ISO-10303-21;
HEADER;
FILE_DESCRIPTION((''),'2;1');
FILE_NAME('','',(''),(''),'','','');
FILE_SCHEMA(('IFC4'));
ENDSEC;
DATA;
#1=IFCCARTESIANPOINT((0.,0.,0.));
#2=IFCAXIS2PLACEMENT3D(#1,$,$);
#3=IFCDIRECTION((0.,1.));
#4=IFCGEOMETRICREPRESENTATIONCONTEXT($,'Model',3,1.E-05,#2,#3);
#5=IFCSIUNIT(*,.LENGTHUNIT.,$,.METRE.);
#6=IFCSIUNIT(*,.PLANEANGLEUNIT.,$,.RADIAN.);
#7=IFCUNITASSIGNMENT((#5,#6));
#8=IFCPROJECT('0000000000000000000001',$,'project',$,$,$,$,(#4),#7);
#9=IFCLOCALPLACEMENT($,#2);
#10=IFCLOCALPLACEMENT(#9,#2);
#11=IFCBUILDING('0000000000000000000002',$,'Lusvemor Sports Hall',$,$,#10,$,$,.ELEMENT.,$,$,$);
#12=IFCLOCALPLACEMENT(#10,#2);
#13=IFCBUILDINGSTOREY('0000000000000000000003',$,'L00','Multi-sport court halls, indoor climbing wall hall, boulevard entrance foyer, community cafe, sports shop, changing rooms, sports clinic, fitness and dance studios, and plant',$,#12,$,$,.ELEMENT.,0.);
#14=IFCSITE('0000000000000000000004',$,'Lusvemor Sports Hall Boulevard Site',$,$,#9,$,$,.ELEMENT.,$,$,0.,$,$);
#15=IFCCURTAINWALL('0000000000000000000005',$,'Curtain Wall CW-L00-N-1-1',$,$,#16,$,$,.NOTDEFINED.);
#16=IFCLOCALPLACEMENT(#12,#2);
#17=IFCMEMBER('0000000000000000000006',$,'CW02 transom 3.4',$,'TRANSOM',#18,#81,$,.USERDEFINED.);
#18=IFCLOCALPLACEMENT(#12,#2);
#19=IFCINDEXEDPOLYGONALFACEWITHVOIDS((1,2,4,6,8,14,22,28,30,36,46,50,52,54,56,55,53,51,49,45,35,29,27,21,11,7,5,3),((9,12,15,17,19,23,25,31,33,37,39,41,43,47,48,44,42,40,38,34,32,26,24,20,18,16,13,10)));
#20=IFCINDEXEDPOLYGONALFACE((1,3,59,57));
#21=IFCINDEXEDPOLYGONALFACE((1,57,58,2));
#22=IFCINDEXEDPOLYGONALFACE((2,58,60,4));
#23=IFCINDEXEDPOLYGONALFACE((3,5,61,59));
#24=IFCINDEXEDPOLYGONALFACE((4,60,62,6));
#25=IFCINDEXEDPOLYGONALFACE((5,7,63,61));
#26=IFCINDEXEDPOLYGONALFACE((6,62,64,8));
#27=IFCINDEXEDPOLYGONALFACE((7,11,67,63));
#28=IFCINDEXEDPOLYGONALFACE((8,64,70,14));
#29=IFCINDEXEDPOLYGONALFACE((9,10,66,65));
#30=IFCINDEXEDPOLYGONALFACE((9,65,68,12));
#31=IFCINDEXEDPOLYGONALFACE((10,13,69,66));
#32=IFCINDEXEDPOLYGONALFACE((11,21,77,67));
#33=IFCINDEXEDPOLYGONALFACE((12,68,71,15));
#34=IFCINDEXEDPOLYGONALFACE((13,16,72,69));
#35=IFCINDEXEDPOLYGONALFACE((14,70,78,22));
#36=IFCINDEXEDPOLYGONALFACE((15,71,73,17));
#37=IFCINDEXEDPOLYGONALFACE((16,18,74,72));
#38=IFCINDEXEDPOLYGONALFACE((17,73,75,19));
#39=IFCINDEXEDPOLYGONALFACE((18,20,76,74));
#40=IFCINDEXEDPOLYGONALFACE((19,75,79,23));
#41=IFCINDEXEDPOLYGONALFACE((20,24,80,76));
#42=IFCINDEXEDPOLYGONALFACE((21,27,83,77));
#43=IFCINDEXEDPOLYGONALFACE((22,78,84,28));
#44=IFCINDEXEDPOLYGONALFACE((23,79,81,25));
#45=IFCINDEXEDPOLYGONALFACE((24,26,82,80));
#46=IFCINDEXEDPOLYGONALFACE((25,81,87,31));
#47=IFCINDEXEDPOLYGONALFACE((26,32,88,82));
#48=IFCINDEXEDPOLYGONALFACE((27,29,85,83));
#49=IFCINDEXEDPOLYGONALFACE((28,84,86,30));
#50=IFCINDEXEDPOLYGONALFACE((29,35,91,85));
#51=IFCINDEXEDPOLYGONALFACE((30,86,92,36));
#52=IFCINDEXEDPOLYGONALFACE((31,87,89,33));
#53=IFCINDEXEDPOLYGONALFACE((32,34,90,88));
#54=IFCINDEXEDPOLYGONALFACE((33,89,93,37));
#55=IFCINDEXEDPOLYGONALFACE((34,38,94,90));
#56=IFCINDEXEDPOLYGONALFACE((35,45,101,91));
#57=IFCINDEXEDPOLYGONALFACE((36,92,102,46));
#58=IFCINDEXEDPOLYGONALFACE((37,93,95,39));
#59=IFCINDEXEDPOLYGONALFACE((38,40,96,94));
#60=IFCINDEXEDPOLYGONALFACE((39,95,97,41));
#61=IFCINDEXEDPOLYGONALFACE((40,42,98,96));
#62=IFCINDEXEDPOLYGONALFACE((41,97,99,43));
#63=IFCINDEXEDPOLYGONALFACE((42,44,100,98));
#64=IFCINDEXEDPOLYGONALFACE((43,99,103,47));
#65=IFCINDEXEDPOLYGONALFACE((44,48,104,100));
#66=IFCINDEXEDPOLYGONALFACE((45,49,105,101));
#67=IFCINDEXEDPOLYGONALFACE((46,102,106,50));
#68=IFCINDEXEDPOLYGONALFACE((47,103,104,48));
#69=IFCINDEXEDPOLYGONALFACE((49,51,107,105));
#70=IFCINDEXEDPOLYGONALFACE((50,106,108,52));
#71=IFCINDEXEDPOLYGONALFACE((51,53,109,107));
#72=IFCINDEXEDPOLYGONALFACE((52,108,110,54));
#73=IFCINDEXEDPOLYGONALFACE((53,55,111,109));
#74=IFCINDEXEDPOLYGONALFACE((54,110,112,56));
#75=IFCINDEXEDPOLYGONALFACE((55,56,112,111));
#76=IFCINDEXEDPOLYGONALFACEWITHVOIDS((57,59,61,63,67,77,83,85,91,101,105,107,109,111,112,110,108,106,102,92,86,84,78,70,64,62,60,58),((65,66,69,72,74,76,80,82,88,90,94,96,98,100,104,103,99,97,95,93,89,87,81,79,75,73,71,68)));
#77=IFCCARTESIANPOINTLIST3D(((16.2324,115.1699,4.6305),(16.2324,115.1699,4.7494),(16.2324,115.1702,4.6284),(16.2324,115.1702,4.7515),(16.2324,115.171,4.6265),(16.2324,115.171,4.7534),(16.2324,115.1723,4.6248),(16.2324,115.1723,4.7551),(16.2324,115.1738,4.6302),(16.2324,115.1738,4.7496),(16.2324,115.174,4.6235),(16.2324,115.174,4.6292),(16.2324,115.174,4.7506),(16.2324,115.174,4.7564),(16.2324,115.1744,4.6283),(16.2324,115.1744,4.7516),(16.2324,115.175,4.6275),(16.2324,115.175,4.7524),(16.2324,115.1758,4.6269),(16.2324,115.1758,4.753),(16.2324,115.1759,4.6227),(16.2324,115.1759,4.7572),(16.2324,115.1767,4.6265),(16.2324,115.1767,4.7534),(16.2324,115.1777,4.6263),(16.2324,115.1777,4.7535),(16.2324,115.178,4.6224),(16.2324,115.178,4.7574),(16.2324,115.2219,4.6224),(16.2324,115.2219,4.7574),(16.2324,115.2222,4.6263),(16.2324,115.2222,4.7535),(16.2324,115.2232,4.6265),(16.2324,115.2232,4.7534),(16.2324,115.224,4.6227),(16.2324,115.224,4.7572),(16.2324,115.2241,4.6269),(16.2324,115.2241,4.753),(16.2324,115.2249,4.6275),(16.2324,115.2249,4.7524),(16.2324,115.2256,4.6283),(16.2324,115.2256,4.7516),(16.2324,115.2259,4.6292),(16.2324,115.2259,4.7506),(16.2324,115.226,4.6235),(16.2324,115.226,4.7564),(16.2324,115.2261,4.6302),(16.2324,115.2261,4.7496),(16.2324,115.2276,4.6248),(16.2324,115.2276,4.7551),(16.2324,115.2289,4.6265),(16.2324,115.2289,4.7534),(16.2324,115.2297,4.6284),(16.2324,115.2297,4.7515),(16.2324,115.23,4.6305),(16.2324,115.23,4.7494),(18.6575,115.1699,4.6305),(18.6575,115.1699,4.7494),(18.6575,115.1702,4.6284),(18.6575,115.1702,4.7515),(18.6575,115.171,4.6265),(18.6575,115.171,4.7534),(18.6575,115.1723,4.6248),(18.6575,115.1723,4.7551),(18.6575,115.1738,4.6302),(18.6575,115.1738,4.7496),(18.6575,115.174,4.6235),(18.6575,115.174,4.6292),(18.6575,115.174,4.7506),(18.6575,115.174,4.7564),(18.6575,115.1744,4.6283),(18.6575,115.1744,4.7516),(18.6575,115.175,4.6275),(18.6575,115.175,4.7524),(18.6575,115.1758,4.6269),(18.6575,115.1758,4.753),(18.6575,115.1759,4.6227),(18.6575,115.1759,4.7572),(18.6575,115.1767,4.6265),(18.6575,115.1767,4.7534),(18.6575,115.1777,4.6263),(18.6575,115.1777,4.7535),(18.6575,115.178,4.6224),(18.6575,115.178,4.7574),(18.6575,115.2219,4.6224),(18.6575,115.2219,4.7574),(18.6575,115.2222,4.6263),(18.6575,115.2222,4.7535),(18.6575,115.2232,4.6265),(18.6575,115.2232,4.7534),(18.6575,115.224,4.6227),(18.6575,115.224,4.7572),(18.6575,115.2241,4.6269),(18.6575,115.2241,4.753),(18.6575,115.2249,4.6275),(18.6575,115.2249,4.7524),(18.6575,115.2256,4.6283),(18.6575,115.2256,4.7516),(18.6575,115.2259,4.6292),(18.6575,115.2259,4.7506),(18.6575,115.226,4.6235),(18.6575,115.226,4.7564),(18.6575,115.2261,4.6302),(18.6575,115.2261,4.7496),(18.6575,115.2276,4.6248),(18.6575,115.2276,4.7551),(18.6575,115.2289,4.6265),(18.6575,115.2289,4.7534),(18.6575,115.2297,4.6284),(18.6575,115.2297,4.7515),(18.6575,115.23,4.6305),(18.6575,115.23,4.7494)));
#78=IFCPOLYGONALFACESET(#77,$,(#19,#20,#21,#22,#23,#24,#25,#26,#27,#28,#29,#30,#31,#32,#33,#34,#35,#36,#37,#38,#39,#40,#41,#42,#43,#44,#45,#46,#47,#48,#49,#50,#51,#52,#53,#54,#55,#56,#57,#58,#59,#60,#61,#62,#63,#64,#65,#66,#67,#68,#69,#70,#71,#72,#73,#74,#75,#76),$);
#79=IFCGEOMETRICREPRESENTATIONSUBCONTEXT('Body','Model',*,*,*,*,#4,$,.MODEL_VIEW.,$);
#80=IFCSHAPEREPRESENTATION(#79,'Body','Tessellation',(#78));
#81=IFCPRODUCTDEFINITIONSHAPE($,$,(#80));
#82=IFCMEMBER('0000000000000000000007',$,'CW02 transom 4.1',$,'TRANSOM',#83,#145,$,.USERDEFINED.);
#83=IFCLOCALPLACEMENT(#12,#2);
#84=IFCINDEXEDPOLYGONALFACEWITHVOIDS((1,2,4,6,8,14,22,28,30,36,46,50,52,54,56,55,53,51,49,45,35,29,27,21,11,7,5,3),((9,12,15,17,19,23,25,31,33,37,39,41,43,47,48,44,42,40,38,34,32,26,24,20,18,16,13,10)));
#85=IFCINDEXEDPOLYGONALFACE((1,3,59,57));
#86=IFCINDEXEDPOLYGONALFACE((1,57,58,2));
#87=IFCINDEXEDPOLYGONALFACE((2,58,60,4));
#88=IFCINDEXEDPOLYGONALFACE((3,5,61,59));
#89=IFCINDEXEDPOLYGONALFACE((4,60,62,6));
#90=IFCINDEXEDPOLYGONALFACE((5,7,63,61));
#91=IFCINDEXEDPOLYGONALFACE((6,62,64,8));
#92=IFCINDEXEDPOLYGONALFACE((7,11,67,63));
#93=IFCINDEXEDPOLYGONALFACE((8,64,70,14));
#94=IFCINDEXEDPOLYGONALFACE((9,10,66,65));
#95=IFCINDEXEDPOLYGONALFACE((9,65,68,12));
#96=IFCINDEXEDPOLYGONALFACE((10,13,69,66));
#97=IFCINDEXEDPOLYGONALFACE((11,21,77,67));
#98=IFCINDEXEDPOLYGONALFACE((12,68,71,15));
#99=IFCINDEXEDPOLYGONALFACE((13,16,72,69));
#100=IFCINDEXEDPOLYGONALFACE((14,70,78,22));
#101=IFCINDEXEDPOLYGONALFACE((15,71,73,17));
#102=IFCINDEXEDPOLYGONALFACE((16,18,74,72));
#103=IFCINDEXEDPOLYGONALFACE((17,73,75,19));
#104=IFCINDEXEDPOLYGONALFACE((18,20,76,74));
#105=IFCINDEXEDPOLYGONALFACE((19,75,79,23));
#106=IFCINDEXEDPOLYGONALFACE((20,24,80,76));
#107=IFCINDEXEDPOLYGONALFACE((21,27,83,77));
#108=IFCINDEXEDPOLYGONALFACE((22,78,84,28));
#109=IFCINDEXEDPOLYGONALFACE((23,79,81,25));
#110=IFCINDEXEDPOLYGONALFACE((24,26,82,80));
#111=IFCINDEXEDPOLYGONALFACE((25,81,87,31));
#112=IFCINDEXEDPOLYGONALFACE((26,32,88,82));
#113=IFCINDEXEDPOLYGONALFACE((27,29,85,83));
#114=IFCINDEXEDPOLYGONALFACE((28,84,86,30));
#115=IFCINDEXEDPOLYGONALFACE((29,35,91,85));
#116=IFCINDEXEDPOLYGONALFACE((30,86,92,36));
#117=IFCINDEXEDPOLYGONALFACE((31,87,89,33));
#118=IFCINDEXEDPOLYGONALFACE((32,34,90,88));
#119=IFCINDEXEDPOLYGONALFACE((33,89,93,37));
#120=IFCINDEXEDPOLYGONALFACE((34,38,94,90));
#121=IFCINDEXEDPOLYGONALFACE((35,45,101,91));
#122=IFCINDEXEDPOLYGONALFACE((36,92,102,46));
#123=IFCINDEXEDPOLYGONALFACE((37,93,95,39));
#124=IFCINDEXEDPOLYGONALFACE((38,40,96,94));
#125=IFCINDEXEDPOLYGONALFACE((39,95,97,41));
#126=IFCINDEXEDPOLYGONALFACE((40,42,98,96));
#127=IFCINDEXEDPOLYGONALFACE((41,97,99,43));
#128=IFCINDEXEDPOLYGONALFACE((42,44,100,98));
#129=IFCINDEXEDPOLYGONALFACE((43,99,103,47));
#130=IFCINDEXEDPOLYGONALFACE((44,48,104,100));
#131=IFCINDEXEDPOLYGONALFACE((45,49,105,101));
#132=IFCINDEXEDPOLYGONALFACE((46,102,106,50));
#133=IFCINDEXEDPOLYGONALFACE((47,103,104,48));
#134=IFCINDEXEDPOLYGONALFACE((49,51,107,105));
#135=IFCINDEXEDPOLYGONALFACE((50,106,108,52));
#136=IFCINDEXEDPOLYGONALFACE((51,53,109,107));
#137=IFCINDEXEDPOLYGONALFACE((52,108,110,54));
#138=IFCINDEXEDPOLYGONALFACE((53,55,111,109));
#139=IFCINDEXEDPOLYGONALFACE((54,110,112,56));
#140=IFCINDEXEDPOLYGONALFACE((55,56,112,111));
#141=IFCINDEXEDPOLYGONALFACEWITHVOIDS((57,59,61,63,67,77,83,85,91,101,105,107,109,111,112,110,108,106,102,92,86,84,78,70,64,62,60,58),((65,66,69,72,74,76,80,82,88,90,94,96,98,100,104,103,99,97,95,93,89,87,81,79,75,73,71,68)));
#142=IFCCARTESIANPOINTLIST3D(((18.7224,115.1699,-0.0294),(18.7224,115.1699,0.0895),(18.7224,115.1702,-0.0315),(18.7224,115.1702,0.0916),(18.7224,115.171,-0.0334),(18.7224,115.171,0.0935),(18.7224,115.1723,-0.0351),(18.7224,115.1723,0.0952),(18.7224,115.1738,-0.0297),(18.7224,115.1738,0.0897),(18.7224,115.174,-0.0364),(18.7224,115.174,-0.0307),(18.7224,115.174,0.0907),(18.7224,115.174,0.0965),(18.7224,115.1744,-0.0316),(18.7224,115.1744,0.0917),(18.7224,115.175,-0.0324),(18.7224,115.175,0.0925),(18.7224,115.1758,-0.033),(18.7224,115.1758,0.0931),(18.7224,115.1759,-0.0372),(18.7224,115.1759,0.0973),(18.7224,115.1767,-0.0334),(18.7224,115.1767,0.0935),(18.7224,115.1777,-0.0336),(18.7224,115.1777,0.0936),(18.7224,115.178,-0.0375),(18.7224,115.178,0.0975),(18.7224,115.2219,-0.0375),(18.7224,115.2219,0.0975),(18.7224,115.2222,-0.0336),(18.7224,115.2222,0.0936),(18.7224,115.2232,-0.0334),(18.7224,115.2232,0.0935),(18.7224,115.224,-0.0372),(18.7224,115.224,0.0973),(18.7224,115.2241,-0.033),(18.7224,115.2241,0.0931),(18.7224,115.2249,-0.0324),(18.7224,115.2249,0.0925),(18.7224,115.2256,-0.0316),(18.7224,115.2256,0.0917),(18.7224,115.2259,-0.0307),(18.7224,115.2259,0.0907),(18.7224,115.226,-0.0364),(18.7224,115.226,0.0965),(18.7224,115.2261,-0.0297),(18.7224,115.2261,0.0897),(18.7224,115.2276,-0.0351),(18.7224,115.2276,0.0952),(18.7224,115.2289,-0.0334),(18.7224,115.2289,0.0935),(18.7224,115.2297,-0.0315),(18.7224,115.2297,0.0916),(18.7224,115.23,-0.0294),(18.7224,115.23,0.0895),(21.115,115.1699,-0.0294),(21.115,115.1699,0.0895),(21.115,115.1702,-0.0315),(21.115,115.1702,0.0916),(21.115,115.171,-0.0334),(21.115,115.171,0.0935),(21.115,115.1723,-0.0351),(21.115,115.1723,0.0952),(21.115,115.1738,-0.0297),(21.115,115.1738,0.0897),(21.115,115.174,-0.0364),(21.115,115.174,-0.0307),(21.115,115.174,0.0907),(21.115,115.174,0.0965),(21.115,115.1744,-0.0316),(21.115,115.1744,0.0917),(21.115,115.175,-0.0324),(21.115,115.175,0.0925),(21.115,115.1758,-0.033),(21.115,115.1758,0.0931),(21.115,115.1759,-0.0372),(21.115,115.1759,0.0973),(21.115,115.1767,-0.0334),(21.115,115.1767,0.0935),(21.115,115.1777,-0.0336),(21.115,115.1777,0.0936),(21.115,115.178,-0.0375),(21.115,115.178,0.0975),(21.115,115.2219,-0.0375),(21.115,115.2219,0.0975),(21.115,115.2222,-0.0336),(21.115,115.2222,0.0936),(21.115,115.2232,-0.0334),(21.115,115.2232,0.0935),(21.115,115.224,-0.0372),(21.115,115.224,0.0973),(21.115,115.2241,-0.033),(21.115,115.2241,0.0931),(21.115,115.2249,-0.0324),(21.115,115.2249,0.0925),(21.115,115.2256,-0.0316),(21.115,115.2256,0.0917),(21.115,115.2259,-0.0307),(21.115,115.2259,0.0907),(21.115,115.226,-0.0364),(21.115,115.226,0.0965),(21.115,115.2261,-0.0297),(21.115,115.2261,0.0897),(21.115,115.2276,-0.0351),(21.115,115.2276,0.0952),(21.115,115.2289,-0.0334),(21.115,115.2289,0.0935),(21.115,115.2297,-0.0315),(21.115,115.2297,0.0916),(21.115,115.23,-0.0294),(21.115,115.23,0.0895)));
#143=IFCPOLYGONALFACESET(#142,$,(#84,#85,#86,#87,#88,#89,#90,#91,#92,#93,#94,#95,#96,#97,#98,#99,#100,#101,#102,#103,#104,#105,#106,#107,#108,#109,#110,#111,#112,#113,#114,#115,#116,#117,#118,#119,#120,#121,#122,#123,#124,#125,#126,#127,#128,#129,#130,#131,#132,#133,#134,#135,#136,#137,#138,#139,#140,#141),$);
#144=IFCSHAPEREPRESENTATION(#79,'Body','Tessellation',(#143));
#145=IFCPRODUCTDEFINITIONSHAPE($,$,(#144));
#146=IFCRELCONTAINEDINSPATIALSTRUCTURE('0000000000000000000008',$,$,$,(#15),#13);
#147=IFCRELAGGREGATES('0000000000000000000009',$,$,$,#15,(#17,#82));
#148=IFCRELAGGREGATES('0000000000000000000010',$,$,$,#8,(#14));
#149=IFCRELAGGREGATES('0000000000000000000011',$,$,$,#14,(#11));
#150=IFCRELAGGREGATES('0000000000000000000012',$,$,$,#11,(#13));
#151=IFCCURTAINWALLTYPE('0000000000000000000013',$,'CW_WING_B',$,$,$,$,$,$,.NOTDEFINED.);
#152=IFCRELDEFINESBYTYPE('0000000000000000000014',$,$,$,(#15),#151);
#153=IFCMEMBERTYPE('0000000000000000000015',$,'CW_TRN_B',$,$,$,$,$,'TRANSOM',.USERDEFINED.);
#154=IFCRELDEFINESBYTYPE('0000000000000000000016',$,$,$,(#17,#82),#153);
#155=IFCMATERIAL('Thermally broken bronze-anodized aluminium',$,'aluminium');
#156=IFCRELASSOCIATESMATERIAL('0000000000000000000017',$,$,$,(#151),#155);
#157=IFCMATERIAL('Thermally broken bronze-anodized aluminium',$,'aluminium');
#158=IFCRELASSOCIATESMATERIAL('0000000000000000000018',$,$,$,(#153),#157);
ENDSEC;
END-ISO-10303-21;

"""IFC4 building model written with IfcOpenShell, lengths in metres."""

from ifc_helpers import new_model, si_unit, direction, frame, origin, origin_2d, place, context, subcontext, project, spatial, hollow_rectangle, extrude, material, material_profile, profile_set, type_object, element, aggregate, save


model = new_model("IFC4")

# Units and contexts
model_context = context("Model", 3, precision=1e-05, world=origin(), true_north=direction((0.0, 1.0)))
body_context = subcontext(model_context, "Body", "Model", "MODEL_VIEW")
ifc_project = project(units=[si_unit("LENGTHUNIT", "METRE"), si_unit("PLANEANGLEUNIT", "RADIAN")], contexts=[model_context])

# Site, building, storey
site_placement = place(None, origin())
site = spatial("IfcSite", under=ifc_project, at=site_placement, Name="Lusvemor Sports Hall Boulevard Site", CompositionType="ELEMENT", RefElevation=0.0)
building_placement = place(site_placement, origin())
building = spatial("IfcBuilding", under=site, at=building_placement, Name="Lusvemor Sports Hall", CompositionType="ELEMENT")
storey_placement = place(building_placement, origin())
storey = spatial("IfcBuildingStorey", under=building, at=storey_placement, Name="L00", Description="Multi-sport court halls, indoor climbing wall hall, boulevard entrance foyer, community cafe, sports shop, changing rooms, sports clinic, fitness and dance studios, and plant", CompositionType="ELEMENT", Elevation=0.0)

# Curtain wall, members
ifc_material_1 = material(Name="Thermally broken bronze-anodized aluminium", Category="aluminium")
curtain_wall_type = type_object("IfcCurtainWallType", Name="CW_WING_B", PredefinedType="NOTDEFINED", material=ifc_material_1)
curtain_wall_placement = place(storey_placement, origin())
curtain_wall = element("IfcCurtainWall", 1, at=curtain_wall_placement, inside=storey, type_object=curtain_wall_type, Name="Curtain Wall CW-L00-N-1-1", PredefinedType="NOTDEFINED")
ifc_material_2 = material(Name="Thermally broken bronze-anodized aluminium", Category="aluminium")
ifc_material_profile_1 = material_profile(ifc_material_2, hollow_rectangle(XDim=0.0601, YDim=0.135, WallThickness=0.0039, InnerFilletRadius=0.0039, OuterFilletRadius=0.0081, at=origin_2d()), Name="CWTRN135x60x4")
ifc_profile_set_1 = profile_set([ifc_material_profile_1], Name="Thermally broken bronze-anodized aluminium")
member_type_1 = type_object("IfcMemberType", Name="CW_TRN_B", ElementType="TRANSOM", PredefinedType="USERDEFINED", material=ifc_profile_set_1)
member_1_placement = place(storey_placement, frame((16.2324, 115.2, 4.6899), z_axis=(1.0, 0.0, 0.0), x_axis=(0.0, 1.0, 0.0)))
member_1 = element("IfcMember", 2, at=member_1_placement, type_object=member_type_1, Name="CW02 transom 3.4", ObjectType="TRANSOM", PredefinedType="USERDEFINED", context=body_context, shape_type="SweptSolid", body=[
    extrude(hollow_rectangle(XDim=0.0601, YDim=0.135, WallThickness=0.0039, InnerFilletRadius=0.0039, OuterFilletRadius=0.0081, at=origin_2d()), origin(), (0.0, 0.0, 1.0), 2.425),
])
member_2_placement = place(storey_placement, frame((18.7224, 115.2, 0.03), z_axis=(1.0, 0.0, 0.0), x_axis=(0.0, 1.0, 0.0)))
member_2 = element("IfcMember", 3, at=member_2_placement, type_object=member_type_1, Name="CW02 transom 4.1", ObjectType="TRANSOM", PredefinedType="USERDEFINED", context=body_context, shape_type="SweptSolid", body=[
    extrude(hollow_rectangle(XDim=0.0601, YDim=0.135, WallThickness=0.0039, InnerFilletRadius=0.0039, OuterFilletRadius=0.0081, at=origin_2d()), origin(), (0.0, 0.0, 1.0), 2.3926),
])
aggregate(curtain_wall, [member_1, member_2])

save(model, "model.ifc")
